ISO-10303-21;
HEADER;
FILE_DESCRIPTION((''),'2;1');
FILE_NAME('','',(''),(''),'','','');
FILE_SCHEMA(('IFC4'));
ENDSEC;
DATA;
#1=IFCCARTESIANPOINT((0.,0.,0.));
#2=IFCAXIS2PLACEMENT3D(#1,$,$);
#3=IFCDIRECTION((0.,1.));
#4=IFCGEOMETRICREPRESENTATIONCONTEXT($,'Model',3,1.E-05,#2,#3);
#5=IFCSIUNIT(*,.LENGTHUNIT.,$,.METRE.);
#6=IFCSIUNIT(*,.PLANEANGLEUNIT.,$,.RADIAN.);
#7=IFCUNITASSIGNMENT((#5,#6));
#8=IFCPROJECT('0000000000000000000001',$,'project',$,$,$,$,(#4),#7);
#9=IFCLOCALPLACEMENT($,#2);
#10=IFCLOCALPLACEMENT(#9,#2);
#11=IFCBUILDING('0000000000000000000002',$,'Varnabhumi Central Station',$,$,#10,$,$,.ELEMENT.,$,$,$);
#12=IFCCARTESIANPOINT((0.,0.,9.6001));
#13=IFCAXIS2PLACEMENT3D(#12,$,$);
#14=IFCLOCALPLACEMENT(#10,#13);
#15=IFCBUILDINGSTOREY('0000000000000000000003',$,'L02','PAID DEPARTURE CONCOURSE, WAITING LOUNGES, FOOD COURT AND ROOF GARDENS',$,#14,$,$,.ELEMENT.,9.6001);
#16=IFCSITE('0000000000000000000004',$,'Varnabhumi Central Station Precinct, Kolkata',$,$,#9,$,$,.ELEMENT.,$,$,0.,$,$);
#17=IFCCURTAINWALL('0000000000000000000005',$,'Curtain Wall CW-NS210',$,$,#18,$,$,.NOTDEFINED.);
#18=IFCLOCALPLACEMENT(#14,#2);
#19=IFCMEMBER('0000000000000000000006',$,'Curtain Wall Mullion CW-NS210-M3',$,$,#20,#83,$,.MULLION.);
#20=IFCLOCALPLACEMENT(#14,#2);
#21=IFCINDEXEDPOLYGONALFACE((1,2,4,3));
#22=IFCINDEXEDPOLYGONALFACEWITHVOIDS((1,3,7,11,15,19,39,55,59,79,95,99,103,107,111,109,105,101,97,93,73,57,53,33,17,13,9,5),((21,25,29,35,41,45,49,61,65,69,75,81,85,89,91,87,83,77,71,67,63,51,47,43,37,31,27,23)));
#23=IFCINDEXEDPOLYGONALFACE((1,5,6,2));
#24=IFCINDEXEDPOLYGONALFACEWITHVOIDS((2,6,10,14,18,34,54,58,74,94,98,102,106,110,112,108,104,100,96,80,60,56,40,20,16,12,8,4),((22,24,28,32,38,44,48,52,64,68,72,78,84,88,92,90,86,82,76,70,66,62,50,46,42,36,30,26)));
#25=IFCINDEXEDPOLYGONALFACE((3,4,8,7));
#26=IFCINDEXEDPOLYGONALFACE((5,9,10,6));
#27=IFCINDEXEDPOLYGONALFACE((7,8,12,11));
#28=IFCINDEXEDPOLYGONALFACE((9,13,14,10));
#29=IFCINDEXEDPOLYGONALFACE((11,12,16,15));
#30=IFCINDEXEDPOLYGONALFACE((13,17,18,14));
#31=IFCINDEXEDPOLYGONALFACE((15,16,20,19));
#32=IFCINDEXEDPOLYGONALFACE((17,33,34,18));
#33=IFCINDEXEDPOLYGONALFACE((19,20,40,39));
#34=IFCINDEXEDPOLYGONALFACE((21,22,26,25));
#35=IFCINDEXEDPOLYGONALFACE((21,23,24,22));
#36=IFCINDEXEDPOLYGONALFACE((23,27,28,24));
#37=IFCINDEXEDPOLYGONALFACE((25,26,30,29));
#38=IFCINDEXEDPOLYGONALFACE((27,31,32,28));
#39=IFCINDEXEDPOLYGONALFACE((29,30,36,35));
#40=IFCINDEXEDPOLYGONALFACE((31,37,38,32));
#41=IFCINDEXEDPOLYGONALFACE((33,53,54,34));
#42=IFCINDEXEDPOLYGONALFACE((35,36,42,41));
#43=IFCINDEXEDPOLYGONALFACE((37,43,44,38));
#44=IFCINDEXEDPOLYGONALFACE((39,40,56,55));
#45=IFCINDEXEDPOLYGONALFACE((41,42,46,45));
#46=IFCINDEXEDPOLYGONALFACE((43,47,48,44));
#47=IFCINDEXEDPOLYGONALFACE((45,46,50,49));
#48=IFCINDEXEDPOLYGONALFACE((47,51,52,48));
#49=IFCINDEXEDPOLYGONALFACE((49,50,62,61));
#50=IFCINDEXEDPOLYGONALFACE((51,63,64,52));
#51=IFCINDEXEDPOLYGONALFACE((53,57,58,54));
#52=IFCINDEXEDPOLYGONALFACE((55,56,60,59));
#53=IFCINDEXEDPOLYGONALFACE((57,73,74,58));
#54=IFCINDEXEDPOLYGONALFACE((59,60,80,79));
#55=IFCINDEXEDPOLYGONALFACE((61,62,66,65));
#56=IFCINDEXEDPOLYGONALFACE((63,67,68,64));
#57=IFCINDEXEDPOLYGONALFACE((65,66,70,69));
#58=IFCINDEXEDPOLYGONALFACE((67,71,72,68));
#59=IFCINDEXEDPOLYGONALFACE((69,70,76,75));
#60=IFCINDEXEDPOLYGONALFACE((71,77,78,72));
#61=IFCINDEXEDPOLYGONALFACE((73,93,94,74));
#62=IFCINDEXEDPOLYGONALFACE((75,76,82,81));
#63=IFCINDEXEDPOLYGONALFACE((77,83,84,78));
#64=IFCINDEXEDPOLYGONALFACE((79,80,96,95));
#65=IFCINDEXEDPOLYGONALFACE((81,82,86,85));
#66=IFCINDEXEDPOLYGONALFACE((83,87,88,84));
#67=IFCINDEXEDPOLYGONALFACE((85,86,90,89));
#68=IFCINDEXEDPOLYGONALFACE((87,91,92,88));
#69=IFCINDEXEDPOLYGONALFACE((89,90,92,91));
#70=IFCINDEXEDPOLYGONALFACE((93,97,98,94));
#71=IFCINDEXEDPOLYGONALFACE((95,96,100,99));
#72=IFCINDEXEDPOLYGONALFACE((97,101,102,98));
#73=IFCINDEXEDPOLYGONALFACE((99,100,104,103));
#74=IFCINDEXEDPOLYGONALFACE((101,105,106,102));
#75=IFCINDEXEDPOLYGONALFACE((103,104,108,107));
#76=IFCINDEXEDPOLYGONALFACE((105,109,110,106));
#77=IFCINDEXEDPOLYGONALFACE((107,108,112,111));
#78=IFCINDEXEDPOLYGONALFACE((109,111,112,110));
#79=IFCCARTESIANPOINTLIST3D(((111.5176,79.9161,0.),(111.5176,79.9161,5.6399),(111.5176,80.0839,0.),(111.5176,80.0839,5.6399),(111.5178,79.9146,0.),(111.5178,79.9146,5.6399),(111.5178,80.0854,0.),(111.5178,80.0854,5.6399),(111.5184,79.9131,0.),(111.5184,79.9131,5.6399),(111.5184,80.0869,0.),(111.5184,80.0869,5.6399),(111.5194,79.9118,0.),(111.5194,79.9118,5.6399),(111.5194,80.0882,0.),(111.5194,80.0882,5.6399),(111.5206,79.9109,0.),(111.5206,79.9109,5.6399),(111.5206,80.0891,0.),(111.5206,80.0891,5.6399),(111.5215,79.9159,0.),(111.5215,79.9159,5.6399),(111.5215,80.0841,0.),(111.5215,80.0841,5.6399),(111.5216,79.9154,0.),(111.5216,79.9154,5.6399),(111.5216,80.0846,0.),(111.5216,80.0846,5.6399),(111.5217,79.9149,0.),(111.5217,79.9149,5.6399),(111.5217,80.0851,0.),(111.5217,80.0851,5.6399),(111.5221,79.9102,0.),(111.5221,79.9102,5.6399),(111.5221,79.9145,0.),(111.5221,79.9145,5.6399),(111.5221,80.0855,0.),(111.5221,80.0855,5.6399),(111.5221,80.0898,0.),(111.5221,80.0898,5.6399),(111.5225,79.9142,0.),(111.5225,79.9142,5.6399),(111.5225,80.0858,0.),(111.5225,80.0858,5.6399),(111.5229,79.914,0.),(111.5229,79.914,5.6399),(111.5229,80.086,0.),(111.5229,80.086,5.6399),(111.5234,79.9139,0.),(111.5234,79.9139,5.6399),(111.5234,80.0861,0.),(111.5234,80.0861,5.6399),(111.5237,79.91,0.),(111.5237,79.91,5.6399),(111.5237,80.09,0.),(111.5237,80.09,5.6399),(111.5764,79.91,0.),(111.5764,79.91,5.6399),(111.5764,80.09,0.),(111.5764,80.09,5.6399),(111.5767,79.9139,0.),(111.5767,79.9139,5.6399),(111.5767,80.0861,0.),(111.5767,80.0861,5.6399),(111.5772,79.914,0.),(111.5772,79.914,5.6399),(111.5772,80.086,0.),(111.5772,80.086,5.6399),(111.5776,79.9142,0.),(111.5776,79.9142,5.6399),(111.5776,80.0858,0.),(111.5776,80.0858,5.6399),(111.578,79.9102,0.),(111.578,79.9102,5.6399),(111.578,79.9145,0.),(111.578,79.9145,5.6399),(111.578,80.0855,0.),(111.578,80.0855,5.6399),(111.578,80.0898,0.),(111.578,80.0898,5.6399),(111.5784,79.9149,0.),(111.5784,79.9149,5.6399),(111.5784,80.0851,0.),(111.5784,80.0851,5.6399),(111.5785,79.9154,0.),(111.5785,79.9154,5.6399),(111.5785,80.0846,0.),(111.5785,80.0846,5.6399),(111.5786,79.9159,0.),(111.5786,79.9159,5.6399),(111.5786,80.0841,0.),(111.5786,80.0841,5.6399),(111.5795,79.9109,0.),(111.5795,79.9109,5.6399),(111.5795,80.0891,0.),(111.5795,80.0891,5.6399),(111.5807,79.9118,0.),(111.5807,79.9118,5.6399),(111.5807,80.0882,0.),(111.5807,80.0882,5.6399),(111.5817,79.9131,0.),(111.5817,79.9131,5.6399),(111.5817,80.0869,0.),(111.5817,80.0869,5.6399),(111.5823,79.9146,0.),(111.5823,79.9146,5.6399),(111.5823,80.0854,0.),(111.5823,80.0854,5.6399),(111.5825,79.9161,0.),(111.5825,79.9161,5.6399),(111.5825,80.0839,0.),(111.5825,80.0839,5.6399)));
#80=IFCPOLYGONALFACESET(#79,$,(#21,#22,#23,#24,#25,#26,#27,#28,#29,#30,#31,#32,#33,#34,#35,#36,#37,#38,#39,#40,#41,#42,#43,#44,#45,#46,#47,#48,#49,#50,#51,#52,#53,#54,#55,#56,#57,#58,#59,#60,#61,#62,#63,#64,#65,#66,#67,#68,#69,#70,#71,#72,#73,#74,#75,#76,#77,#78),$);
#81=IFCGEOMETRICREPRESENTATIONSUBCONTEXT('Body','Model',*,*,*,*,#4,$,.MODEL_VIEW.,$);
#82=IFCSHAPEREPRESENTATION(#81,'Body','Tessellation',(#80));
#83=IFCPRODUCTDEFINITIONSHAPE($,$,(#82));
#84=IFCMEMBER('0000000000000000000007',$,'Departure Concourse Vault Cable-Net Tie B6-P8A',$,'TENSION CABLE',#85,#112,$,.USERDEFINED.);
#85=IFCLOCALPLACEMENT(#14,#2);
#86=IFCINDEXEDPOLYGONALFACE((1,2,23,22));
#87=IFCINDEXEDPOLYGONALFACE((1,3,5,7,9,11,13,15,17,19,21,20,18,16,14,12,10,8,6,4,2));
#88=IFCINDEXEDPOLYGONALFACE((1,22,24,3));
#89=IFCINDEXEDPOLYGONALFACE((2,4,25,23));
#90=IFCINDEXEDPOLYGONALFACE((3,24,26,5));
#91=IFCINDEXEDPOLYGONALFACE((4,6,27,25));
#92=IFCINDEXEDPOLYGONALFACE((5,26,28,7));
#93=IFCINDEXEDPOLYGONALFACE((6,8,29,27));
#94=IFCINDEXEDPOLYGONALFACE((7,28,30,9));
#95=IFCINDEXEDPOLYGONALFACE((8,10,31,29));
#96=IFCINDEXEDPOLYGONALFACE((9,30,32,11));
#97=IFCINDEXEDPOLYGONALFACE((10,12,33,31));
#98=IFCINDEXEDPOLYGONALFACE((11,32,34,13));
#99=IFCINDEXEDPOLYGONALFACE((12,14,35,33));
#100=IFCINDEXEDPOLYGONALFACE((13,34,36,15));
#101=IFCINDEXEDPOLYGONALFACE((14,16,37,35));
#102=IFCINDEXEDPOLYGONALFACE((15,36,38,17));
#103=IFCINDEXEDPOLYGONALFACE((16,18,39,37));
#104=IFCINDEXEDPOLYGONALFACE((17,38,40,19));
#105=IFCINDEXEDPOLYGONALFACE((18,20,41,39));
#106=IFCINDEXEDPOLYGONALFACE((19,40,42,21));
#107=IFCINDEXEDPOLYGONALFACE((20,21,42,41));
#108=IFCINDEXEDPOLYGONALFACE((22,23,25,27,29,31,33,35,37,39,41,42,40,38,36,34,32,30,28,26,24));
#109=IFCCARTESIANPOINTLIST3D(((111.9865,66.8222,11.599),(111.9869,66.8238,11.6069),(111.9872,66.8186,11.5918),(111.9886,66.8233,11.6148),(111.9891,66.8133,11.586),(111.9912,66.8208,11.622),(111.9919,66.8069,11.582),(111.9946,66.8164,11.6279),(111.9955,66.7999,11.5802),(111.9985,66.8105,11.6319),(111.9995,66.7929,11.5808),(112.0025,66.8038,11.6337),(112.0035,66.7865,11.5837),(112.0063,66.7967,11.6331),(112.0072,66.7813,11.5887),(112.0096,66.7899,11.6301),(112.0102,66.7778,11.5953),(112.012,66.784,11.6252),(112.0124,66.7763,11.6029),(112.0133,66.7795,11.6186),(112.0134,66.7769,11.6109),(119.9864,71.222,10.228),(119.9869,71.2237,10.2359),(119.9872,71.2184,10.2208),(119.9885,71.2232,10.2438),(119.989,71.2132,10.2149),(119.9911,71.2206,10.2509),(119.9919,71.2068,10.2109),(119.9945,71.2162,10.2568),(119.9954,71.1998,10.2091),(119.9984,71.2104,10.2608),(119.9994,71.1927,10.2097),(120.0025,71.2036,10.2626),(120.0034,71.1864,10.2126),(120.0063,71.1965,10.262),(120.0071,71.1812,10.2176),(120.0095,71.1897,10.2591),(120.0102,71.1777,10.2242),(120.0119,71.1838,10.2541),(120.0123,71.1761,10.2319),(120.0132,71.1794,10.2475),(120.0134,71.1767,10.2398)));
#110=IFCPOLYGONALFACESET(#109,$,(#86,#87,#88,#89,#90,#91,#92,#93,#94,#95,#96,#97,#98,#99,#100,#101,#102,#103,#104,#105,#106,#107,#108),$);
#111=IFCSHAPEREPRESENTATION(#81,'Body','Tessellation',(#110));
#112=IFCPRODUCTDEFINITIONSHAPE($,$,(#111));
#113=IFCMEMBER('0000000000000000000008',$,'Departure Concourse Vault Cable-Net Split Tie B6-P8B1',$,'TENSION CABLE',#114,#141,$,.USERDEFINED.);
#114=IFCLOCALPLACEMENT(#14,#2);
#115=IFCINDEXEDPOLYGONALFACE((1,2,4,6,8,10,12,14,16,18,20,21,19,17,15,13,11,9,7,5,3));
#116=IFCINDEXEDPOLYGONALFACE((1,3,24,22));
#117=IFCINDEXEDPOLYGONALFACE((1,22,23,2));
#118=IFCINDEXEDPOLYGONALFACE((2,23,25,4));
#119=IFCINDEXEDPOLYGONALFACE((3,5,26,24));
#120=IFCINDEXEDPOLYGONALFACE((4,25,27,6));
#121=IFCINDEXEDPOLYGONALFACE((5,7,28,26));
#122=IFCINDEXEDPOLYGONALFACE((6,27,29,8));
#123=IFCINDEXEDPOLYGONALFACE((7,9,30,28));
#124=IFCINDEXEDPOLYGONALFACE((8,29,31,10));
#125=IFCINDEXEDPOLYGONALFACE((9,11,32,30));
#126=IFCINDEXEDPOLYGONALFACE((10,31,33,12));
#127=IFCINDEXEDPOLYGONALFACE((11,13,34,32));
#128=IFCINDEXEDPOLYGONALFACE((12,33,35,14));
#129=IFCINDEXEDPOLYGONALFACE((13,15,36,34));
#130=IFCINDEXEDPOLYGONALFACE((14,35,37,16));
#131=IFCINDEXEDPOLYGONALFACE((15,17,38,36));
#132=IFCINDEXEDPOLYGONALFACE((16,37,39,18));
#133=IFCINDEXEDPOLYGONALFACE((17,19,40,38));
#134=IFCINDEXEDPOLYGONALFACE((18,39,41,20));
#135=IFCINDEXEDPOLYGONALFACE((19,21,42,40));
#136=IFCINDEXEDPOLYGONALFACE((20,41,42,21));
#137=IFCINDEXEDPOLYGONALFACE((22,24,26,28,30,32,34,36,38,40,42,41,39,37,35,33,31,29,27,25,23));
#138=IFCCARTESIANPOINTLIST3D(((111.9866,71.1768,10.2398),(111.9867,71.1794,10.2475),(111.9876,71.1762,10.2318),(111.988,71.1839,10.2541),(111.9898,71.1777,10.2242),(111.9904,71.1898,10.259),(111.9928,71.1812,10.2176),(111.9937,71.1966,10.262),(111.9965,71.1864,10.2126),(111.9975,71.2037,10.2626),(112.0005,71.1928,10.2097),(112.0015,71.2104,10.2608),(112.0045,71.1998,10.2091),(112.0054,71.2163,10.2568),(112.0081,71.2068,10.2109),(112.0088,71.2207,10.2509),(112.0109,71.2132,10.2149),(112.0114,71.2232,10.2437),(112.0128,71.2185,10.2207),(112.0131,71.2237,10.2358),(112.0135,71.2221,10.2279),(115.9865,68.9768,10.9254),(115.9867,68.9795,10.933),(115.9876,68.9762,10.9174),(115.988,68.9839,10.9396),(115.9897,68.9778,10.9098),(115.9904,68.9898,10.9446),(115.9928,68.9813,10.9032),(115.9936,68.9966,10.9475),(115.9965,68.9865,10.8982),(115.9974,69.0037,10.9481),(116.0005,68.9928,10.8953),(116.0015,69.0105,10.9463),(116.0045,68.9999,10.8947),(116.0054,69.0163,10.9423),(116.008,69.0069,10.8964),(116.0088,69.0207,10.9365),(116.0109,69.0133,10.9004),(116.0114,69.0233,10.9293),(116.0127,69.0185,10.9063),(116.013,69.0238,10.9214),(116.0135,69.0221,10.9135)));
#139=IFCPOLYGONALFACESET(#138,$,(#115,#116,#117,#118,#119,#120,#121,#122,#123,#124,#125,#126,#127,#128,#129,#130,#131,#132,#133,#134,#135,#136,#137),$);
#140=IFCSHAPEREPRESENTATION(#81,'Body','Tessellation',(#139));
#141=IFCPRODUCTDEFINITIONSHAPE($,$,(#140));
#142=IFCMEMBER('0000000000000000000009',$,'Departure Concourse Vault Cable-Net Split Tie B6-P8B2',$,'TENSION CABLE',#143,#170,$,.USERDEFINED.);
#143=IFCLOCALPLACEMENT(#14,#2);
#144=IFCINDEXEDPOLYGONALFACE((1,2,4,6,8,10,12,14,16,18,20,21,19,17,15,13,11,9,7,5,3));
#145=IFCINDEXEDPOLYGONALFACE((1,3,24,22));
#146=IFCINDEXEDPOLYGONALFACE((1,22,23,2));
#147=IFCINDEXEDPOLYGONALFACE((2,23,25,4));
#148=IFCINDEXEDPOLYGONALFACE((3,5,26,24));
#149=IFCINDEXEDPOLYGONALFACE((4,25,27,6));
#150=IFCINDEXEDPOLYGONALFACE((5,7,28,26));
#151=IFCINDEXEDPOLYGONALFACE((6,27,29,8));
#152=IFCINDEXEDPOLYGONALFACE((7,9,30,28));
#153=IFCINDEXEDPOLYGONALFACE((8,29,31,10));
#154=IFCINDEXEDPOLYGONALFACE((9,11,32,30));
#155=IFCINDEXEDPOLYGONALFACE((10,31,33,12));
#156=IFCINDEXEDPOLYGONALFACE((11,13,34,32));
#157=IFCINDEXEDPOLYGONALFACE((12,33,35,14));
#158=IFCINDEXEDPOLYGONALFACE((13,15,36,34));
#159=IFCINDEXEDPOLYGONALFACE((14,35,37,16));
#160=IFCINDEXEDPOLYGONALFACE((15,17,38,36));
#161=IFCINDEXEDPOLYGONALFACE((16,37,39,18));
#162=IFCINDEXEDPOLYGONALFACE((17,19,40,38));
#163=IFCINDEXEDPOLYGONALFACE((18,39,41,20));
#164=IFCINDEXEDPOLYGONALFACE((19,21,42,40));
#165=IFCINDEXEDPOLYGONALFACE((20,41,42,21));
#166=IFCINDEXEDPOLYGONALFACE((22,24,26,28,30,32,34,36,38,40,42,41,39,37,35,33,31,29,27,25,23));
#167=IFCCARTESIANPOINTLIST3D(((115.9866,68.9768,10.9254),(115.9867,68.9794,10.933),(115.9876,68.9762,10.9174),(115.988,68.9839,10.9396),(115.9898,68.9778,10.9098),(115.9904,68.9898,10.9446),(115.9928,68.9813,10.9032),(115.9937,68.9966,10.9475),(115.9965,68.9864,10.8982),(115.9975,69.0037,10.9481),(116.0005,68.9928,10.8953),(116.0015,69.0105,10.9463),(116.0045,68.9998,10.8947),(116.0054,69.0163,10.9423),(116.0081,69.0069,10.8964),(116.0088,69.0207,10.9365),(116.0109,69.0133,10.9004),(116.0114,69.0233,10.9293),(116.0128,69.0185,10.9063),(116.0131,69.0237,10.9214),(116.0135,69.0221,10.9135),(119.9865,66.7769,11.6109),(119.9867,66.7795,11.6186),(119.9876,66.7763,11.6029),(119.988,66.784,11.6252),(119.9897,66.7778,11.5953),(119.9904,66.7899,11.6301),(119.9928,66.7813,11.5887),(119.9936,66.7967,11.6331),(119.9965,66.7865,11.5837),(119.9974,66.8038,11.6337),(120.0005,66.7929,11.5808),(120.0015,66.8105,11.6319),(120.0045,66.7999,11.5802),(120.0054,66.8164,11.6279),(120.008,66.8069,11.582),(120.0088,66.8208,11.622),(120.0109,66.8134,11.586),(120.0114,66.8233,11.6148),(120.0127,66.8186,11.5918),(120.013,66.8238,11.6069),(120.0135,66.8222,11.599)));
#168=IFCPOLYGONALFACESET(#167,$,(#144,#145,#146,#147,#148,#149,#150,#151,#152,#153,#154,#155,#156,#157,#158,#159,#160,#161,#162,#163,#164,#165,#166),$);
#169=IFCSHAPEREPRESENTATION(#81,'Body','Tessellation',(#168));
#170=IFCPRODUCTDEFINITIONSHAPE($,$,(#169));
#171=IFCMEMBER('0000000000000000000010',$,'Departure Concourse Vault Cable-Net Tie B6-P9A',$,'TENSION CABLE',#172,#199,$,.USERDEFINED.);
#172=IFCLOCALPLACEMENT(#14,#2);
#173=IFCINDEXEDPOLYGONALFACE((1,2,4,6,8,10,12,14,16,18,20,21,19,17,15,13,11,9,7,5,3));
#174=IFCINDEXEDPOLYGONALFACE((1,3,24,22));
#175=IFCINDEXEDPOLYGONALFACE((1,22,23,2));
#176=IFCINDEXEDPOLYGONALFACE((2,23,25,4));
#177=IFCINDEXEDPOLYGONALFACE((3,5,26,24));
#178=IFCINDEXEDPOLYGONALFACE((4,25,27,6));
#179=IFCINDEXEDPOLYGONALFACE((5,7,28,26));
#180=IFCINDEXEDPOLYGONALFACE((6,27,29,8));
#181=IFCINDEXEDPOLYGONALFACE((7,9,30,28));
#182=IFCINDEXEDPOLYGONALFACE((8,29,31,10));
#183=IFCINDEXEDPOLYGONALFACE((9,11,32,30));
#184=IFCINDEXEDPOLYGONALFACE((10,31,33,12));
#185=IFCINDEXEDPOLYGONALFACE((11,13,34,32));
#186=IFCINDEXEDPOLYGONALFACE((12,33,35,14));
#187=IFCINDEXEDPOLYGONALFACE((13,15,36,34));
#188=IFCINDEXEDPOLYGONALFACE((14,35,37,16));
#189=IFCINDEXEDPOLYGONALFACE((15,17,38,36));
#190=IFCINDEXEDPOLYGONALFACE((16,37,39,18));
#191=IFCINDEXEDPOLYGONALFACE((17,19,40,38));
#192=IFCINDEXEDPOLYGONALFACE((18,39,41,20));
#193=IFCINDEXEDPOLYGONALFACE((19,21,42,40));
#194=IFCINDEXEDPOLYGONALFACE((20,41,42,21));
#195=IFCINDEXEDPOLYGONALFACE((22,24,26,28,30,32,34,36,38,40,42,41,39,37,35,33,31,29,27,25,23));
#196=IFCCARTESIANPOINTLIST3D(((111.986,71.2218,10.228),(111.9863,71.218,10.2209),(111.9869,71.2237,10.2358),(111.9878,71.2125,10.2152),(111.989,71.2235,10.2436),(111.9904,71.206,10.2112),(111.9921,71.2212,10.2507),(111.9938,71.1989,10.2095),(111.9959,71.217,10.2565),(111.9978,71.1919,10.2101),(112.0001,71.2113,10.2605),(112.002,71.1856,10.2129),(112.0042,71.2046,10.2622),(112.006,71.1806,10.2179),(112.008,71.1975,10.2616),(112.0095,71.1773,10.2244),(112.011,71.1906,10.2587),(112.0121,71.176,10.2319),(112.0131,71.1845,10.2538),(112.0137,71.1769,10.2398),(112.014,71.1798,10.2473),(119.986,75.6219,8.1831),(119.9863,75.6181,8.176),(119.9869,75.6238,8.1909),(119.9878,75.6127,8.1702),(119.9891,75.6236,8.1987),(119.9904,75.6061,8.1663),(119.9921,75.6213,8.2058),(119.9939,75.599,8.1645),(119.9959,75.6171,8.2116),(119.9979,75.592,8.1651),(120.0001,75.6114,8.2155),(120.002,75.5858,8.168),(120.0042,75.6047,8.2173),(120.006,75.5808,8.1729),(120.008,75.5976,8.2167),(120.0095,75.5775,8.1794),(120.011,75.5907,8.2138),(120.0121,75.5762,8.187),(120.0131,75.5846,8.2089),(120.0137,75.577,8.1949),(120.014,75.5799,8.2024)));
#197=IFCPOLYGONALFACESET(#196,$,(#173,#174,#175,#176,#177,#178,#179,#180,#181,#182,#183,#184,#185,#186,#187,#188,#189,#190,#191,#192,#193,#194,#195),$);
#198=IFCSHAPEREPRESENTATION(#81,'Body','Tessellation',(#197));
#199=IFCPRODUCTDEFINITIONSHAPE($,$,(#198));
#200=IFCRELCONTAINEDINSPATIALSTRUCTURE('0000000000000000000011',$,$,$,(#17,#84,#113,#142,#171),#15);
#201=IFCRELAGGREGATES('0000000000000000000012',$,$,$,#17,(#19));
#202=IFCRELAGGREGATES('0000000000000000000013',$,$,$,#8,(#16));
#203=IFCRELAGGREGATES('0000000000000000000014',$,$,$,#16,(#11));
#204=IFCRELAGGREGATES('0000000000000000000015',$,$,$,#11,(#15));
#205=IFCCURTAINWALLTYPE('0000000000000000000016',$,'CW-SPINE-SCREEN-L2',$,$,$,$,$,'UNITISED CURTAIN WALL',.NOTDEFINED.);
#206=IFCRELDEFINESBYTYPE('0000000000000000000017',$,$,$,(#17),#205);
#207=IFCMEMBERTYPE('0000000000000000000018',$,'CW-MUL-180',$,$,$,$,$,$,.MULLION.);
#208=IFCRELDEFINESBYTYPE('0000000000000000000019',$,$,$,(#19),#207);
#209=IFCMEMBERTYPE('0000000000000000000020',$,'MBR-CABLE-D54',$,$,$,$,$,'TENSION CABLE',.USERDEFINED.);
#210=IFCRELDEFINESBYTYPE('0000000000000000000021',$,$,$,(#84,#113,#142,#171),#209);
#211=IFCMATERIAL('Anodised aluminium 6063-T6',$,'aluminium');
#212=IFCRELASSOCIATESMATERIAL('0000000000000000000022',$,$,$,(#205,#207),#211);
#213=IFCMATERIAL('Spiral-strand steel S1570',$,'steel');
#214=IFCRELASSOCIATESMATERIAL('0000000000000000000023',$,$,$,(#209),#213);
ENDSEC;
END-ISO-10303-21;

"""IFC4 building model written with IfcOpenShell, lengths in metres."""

from ifc_helpers import new_model, si_unit, direction, frame, origin, origin_2d, place, context, subcontext, project, spatial, hollow_rectangle, circle, extrude, material, material_profile, profile_set, type_object, element, aggregate, save


model = new_model("IFC4")

# Units and contexts
model_context = context("Model", 3, precision=1e-05, world=origin(), true_north=direction((0.0, 1.0)))
body_context = subcontext(model_context, "Body", "Model", "MODEL_VIEW")
ifc_project = project(units=[si_unit("LENGTHUNIT", "METRE"), si_unit("PLANEANGLEUNIT", "RADIAN")], contexts=[model_context])

# Site, building, storey
site_placement = place(None, origin())
site = spatial("IfcSite", under=ifc_project, at=site_placement, Name="Varnabhumi Central Station Precinct, Kolkata", CompositionType="ELEMENT", RefElevation=0.0)
building_placement = place(site_placement, origin())
building = spatial("IfcBuilding", under=site, at=building_placement, Name="Varnabhumi Central Station", CompositionType="ELEMENT")
storey_placement = place(building_placement, frame((0.0, 0.0, 9.6001)))
storey = spatial("IfcBuildingStorey", under=building, at=storey_placement, Name="L02", Description="PAID DEPARTURE CONCOURSE, WAITING LOUNGES, FOOD COURT AND ROOF GARDENS", CompositionType="ELEMENT", Elevation=9.6001)

# Curtain wall, member
ifc_material_1 = material(Name="Anodised aluminium 6063-T6", Category="aluminium")
curtain_wall_type = type_object("IfcCurtainWallType", Name="CW-SPINE-SCREEN-L2", ElementType="UNITISED CURTAIN WALL", PredefinedType="NOTDEFINED", material=ifc_material_1)
curtain_wall_placement = place(storey_placement, origin())
curtain_wall = element("IfcCurtainWall", 1, at=curtain_wall_placement, inside=storey, type_object=curtain_wall_type, Name="Curtain Wall CW-NS210", PredefinedType="NOTDEFINED")
ifc_material_profile_1 = material_profile(ifc_material_1, hollow_rectangle(XDim=0.0649, YDim=0.1799, WallThickness=0.0039, InnerFilletRadius=0.002, OuterFilletRadius=0.0061, at=origin_2d()), Name="Anodised aluminium 6063-T6", Category="aluminium")
ifc_profile_set_1 = profile_set([ifc_material_profile_1], Name="Anodised aluminium 6063-T6")
member_type_1 = type_object("IfcMemberType", Name="CW-MUL-180", PredefinedType="MULLION", material=ifc_profile_set_1)
member_1_placement = place(storey_placement, frame((111.55, 80.0, 0.0), z_axis=(0.0, 0.0, 1.0), x_axis=(1.0, 0.0, 0.0)))
member_1 = element("IfcMember", 2, at=member_1_placement, type_object=member_type_1, Name="Curtain Wall Mullion CW-NS210-M3", PredefinedType="MULLION", context=body_context, shape_type="SweptSolid", body=[
    extrude(hollow_rectangle(XDim=0.0649, YDim=0.1799, WallThickness=0.0039, InnerFilletRadius=0.002, OuterFilletRadius=0.0061, at=origin_2d()), origin(), (0.0, 0.0, 1.0), 5.6399),
])
aggregate(curtain_wall, [member_1])

# Members
ifc_material_2 = material(Name="Spiral-strand steel S1570", Category="steel")
ifc_material_profile_2 = material_profile(ifc_material_2, circle(Radius=0.0271, at=origin_2d()), Name="Spiral-strand steel S1570", Category="steel")
ifc_profile_set_2 = profile_set([ifc_material_profile_2], Name="Spiral-strand steel S1570")
member_type_2 = type_object("IfcMemberType", Name="MBR-CABLE-D54", ElementType="TENSION CABLE", PredefinedType="USERDEFINED", material=ifc_profile_set_2)
member_2_placement = place(storey_placement, frame((112.0, 66.8, 11.6069), z_axis=(0.866504, 0.476567, -0.148507), x_axis=(-0.481911, 0.87622, 0.0)))
element("IfcMember", 3, at=member_2_placement, inside=storey, type_object=member_type_2, Name="Departure Concourse Vault Cable-Net Tie B6-P8A", ObjectType="TENSION CABLE", PredefinedType="USERDEFINED", context=body_context, shape_type="SweptSolid", body=[
    extrude(circle(Radius=0.0271, at=origin_2d()), origin(), (0.0, 0.0, 1.0), 9.2324),
])
for number, where, z_axis, x_axis, name in (
    (4, (112.0, 71.2, 10.2358), (0.866504, -0.476567, 0.148507), (0.481911, 0.87622, 0.0), "Departure Concourse Vault Cable-Net Split Tie B6-P8B1"),
    (5, (116.0, 69.0, 10.9214), (0.866504, -0.476567, 0.148507), (0.481911, 0.87622, 0.0), "Departure Concourse Vault Cable-Net Split Tie B6-P8B2"),
):
    element("IfcMember", number, at=place(storey_placement, frame(where, z_axis=z_axis, x_axis=x_axis)), inside=storey, type_object=member_type_2, Name=name, ObjectType="TENSION CABLE", PredefinedType="USERDEFINED", context=body_context, shape_type="SweptSolid", body=[
        extrude(circle(Radius=0.0271, at=origin_2d()), origin(), (0.0, 0.0, 1.0), 4.6162),
    ])
member_3_placement = place(storey_placement, frame((112.0, 71.2, 10.2358), z_axis=(0.855026, 0.47028, -0.218558), x_axis=(-0.481931, 0.876209, 0.0)))
element("IfcMember", 6, at=member_3_placement, inside=storey, type_object=member_type_2, Name="Departure Concourse Vault Cable-Net Tie B6-P9A", ObjectType="TENSION CABLE", PredefinedType="USERDEFINED", context=body_context, shape_type="SweptSolid", body=[
    extrude(circle(Radius=0.0271, at=origin_2d()), origin(), (0.0, 0.0, 1.0), 9.3564),
])

save(model, "model.ifc")
